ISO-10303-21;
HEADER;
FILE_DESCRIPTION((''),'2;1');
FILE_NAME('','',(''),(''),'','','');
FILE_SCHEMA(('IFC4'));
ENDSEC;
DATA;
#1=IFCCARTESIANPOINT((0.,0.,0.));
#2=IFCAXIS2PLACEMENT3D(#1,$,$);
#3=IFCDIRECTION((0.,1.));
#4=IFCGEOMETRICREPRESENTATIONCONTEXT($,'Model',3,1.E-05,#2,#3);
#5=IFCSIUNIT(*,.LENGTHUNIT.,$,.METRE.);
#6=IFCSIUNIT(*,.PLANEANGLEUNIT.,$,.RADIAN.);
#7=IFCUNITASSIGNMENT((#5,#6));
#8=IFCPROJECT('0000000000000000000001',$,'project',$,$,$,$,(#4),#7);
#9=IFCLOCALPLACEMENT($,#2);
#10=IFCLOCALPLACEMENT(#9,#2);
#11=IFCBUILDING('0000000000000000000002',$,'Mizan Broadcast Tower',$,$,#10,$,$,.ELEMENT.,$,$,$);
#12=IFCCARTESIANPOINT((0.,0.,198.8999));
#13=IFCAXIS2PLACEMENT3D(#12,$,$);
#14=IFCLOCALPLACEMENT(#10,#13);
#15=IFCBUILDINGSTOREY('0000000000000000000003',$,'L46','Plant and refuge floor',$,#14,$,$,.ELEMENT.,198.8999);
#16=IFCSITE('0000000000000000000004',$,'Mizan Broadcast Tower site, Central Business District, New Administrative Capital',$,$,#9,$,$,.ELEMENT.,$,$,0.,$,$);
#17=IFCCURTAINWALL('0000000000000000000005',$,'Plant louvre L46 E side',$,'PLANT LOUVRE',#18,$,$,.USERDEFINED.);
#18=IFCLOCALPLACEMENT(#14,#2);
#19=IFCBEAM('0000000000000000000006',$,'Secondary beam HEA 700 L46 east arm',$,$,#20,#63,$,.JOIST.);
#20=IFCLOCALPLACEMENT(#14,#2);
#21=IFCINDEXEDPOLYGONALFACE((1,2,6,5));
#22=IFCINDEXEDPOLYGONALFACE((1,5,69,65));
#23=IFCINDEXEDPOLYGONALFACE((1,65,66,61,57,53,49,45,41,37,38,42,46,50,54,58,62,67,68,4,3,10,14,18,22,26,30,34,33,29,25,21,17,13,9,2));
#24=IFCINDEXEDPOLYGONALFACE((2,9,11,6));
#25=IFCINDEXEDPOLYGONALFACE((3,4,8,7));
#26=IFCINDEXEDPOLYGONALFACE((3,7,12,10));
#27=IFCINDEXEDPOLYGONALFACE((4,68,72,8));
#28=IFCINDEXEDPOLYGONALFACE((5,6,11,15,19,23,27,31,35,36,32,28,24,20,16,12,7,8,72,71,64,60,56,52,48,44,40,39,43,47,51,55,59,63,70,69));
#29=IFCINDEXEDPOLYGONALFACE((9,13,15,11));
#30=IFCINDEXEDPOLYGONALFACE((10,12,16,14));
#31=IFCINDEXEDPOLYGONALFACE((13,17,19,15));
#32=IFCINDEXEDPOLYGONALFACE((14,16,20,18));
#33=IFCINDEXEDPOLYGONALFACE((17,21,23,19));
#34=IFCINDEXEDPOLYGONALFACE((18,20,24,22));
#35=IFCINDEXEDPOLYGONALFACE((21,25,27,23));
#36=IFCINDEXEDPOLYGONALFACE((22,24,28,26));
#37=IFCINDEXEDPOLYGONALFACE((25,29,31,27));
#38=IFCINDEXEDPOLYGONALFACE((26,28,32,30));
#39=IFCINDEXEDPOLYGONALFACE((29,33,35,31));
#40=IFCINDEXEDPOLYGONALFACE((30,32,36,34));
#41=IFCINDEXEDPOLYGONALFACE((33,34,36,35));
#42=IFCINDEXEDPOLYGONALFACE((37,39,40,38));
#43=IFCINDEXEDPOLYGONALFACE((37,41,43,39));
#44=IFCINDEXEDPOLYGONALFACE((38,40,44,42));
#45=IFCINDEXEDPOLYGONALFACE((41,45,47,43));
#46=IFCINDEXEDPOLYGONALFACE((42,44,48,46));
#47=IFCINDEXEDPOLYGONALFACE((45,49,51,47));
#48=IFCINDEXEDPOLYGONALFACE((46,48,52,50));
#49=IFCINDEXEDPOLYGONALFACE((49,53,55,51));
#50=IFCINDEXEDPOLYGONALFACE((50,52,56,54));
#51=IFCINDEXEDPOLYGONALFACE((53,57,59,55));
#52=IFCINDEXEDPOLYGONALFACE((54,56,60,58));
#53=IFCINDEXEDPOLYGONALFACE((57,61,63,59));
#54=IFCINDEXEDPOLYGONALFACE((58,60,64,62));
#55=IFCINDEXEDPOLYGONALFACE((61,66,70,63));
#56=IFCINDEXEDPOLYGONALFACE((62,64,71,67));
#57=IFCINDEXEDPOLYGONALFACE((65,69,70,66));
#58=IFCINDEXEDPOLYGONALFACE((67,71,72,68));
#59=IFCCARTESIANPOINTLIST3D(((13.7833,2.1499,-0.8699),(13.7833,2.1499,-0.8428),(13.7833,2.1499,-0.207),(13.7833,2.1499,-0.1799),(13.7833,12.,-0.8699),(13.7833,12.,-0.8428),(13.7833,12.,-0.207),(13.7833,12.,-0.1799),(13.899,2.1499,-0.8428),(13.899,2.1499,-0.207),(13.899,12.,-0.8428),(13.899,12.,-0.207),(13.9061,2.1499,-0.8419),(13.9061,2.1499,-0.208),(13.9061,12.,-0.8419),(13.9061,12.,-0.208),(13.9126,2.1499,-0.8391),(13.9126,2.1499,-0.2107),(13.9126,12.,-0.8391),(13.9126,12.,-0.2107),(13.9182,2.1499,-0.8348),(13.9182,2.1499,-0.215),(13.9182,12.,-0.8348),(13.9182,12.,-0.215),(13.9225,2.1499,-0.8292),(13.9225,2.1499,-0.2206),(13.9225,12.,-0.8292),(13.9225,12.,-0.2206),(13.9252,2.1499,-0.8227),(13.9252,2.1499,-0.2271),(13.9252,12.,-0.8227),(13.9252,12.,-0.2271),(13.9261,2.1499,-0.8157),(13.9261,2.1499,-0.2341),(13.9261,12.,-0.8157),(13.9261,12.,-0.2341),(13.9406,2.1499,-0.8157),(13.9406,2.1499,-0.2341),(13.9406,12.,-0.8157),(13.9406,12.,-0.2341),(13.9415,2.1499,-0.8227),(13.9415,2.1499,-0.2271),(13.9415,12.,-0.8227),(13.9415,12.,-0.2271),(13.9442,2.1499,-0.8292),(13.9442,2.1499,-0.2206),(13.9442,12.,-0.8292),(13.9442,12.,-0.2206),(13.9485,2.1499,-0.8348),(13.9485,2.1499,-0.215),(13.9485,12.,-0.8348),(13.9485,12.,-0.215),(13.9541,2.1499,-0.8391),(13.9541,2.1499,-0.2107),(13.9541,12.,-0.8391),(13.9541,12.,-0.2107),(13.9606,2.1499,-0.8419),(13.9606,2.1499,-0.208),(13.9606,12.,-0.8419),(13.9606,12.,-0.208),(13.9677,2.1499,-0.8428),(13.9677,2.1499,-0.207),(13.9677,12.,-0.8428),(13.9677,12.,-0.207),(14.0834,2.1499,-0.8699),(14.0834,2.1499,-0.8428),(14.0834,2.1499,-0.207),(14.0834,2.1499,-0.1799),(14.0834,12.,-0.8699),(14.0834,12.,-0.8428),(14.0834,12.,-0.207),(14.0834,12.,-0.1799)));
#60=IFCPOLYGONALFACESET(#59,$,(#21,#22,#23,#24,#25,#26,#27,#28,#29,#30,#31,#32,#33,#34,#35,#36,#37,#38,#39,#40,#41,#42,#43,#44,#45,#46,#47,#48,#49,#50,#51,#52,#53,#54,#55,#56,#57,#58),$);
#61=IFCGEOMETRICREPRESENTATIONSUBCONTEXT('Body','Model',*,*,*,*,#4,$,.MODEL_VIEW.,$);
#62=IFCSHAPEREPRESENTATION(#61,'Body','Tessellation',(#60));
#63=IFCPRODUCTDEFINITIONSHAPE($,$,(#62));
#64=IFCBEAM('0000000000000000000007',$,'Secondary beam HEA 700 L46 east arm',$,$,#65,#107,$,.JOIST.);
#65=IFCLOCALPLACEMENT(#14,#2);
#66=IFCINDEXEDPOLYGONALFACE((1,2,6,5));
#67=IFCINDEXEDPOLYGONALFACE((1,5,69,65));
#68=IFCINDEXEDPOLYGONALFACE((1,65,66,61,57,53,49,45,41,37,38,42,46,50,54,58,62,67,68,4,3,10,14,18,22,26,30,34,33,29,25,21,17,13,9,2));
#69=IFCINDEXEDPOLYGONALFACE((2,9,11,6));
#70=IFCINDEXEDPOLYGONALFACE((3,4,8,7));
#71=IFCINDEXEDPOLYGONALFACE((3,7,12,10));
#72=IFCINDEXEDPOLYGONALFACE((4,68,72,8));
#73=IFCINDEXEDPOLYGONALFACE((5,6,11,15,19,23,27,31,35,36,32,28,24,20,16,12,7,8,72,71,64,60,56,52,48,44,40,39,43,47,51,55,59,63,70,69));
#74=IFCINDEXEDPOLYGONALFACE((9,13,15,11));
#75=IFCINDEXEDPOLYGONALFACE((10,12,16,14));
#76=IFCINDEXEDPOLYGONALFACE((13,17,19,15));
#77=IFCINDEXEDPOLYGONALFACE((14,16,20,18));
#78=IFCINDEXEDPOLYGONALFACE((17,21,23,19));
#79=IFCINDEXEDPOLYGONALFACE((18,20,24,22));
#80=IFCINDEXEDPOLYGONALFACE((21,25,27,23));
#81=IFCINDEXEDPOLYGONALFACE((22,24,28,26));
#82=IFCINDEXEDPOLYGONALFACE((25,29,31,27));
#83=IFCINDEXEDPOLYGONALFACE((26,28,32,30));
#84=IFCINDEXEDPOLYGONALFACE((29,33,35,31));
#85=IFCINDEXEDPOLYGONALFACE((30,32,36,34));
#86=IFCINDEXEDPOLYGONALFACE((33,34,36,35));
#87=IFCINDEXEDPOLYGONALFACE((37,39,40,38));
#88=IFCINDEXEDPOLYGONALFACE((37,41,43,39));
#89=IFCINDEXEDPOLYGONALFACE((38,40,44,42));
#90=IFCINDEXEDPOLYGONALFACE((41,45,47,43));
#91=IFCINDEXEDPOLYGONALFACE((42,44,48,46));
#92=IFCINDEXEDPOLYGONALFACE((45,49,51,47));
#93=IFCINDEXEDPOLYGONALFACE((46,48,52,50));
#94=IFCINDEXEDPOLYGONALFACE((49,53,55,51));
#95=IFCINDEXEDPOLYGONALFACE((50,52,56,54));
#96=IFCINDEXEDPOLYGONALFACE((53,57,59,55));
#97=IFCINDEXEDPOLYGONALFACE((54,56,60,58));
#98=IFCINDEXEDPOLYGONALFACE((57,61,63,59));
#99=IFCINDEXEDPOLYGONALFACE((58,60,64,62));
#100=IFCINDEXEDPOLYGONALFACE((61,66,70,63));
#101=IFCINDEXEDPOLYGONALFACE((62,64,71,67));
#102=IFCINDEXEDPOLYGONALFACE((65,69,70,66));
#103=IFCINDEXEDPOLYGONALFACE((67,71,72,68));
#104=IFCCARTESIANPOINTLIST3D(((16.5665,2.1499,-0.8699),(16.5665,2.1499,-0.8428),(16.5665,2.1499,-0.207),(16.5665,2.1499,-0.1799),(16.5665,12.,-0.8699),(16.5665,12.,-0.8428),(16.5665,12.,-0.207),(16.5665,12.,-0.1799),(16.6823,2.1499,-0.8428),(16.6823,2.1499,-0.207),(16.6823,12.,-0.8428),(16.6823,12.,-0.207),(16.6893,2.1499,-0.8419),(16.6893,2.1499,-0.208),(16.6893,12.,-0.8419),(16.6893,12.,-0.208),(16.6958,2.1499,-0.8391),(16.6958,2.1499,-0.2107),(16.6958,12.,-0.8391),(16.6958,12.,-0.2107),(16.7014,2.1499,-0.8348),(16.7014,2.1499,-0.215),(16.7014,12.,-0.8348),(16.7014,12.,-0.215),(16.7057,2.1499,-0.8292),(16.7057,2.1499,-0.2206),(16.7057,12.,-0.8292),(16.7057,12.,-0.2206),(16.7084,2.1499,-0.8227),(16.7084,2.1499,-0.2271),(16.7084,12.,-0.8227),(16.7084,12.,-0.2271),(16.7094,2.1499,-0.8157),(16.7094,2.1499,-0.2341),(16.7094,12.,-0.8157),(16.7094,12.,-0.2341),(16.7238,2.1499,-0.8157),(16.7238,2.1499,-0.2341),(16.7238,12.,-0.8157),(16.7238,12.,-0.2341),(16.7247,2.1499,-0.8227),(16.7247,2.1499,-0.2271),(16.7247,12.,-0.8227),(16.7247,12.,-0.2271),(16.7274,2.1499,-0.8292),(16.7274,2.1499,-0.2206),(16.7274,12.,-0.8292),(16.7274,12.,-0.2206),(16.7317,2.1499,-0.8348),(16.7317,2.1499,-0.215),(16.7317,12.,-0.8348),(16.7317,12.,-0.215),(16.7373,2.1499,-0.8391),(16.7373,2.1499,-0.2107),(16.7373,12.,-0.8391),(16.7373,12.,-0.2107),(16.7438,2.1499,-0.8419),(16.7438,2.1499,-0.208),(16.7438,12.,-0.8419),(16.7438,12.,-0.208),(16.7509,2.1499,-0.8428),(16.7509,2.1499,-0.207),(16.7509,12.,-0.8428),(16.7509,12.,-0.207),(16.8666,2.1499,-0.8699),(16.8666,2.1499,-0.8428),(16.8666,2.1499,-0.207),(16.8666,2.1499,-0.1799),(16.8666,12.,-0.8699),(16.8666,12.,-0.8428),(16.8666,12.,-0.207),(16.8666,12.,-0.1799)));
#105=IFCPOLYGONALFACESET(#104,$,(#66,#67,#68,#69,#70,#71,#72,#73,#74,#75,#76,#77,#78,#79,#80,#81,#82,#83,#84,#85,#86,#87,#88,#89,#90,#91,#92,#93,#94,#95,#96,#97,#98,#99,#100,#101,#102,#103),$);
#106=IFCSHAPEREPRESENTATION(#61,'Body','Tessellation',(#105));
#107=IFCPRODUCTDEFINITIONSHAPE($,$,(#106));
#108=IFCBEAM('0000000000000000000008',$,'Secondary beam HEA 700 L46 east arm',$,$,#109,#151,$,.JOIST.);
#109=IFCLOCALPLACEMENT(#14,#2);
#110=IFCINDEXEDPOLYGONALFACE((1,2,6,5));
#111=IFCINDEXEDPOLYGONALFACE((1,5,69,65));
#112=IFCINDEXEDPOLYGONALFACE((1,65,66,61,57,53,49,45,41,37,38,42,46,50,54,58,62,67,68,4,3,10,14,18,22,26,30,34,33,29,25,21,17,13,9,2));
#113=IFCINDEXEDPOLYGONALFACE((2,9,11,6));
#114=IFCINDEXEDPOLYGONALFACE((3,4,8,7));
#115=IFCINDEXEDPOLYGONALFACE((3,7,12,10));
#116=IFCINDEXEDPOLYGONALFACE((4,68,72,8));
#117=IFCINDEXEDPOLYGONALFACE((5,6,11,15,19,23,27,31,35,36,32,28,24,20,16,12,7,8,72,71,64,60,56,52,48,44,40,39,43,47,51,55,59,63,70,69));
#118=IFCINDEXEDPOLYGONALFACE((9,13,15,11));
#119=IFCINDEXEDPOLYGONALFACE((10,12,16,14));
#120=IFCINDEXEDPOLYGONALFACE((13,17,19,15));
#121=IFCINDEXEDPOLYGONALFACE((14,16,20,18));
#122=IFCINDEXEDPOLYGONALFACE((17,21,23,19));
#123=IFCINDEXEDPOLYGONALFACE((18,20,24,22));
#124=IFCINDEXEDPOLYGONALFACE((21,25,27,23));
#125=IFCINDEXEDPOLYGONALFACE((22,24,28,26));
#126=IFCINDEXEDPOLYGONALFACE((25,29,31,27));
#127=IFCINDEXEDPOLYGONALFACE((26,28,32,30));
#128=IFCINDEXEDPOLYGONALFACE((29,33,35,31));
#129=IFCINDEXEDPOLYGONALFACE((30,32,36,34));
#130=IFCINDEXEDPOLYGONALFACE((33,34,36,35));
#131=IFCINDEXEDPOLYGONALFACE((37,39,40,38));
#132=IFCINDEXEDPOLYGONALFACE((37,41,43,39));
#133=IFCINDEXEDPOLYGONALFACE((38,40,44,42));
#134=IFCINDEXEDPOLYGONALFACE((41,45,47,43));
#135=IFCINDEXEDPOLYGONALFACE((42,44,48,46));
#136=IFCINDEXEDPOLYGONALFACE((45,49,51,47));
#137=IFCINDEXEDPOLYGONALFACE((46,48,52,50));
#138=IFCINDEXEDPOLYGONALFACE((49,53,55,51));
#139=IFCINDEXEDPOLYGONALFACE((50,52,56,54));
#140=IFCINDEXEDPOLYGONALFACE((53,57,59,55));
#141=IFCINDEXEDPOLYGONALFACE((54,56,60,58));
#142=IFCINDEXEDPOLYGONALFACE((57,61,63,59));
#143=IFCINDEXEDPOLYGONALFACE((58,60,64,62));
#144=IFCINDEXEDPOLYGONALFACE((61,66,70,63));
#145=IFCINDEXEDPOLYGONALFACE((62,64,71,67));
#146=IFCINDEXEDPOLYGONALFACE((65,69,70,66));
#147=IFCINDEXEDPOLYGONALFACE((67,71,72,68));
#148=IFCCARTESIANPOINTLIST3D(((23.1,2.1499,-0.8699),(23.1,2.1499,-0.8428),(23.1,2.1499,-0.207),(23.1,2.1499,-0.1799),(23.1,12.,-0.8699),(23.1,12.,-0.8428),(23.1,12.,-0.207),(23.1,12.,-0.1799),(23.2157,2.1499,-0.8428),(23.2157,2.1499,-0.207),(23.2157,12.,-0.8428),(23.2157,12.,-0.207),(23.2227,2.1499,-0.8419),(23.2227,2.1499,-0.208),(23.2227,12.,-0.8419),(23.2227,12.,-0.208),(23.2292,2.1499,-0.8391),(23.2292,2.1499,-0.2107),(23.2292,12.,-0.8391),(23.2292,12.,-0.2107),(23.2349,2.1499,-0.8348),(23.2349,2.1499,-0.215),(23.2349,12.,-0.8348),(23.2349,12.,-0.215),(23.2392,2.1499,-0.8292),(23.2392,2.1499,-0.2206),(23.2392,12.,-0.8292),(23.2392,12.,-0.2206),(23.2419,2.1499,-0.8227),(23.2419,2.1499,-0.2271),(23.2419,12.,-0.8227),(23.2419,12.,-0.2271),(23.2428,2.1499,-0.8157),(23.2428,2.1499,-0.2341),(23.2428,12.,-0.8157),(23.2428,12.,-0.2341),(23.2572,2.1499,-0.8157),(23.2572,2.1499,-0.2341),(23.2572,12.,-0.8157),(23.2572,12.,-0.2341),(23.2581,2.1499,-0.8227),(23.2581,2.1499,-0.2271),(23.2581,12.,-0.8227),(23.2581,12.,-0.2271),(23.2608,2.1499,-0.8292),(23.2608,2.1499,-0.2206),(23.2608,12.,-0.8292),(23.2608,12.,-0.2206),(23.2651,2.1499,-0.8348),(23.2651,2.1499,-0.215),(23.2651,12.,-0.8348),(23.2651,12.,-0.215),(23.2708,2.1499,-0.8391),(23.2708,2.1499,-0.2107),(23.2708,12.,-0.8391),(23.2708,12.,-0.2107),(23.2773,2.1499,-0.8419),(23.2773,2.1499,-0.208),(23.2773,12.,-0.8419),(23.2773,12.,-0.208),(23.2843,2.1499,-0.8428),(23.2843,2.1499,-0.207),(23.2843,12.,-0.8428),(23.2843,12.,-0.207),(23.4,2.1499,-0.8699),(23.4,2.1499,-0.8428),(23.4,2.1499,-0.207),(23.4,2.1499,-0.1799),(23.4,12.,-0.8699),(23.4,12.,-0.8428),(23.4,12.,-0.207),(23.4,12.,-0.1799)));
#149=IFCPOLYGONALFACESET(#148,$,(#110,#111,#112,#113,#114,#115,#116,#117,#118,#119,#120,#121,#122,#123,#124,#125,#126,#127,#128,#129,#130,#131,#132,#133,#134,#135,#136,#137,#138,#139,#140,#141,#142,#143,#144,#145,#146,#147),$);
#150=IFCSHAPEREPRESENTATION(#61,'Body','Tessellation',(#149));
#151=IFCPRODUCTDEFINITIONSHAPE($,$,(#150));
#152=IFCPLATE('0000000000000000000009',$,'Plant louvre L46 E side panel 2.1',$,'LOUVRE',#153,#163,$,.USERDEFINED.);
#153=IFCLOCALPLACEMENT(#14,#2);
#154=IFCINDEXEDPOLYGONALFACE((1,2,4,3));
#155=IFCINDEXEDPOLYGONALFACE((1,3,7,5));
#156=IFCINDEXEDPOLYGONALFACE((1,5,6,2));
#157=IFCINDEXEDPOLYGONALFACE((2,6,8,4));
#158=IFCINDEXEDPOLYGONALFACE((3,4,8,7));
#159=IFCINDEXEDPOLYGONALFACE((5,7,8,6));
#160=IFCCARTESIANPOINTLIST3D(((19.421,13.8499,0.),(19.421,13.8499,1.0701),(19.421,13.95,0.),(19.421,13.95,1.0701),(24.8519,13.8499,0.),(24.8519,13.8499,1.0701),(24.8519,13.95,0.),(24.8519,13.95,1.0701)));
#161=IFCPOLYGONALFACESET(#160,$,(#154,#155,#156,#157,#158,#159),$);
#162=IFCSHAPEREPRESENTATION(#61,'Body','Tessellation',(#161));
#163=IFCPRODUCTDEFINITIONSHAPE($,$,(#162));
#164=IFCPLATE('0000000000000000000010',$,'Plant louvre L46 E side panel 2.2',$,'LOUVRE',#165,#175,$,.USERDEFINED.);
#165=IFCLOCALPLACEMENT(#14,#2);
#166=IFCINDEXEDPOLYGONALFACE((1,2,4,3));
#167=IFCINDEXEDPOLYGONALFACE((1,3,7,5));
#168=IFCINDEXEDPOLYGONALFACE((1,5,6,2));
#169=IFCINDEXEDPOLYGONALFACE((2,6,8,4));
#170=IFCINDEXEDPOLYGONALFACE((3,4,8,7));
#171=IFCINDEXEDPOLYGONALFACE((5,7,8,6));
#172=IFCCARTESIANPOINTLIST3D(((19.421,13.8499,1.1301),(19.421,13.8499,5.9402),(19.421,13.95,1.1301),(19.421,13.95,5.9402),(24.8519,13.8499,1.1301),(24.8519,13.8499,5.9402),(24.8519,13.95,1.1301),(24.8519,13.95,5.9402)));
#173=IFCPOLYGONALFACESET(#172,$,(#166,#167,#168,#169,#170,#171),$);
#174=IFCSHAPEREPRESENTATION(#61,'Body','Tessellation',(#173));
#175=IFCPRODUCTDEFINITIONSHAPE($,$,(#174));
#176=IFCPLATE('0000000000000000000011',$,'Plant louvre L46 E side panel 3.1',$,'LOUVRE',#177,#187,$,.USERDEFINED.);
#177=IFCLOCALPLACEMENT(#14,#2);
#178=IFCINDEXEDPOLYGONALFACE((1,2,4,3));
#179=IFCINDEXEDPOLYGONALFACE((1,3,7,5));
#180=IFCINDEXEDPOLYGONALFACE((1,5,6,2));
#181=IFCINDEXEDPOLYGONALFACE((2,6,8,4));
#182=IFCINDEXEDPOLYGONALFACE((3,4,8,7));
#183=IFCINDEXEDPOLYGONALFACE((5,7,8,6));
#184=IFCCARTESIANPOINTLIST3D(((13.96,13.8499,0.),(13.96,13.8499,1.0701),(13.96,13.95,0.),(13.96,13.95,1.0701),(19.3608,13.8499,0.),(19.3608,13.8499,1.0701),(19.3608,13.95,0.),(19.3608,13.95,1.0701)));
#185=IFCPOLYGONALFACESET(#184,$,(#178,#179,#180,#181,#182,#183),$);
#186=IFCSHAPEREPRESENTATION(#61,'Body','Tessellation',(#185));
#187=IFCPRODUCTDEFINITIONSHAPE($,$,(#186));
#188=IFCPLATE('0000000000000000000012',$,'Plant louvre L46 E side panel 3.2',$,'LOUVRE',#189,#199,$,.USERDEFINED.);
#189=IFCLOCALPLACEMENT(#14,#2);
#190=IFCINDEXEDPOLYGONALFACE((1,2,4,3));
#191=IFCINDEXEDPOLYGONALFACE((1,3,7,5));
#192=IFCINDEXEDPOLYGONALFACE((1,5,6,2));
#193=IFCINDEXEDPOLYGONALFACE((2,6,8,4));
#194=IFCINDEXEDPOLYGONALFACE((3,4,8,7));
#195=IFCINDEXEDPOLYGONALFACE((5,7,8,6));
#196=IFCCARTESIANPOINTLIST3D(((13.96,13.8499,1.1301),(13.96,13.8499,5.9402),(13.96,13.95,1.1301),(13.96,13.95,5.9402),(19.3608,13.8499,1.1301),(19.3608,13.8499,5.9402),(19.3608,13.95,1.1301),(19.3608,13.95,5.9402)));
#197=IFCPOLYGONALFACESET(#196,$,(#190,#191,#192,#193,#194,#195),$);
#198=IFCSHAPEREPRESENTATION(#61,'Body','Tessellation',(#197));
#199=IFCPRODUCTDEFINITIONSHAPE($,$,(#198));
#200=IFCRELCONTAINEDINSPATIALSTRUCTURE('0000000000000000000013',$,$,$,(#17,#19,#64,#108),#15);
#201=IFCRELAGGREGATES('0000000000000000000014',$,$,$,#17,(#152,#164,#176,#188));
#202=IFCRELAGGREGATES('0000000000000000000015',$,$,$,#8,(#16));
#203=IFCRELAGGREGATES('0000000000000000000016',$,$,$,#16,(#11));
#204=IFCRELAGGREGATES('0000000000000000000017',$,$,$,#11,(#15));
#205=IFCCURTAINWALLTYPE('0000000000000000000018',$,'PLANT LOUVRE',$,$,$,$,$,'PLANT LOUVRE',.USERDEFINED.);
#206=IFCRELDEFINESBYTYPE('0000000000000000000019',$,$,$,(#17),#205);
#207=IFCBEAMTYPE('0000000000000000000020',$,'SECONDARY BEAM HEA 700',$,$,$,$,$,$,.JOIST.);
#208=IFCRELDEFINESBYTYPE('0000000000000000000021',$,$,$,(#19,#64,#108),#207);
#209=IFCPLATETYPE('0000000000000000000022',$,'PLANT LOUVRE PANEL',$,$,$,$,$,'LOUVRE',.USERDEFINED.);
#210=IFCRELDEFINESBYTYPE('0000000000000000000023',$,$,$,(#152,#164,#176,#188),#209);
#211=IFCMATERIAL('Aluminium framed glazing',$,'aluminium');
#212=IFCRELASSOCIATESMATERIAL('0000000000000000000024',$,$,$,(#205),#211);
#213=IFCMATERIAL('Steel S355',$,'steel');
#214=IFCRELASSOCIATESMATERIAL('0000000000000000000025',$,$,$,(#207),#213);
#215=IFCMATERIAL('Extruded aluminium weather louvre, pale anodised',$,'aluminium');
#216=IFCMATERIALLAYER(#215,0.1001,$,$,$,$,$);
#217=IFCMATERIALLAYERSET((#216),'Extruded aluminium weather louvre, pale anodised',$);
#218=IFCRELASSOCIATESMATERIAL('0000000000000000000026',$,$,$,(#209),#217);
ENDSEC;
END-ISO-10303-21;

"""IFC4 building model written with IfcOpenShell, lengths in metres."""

from ifc_helpers import new_model, si_unit, direction, frame, origin, origin_2d, place, context, subcontext, project, spatial, rectangle, i_section, extrude, material, layer, layer_set, material_profile, profile_set, type_object, element, aggregate, save


model = new_model("IFC4")

# Units and contexts
model_context = context("Model", 3, precision=1e-05, world=origin(), true_north=direction((0.0, 1.0)))
body_context = subcontext(model_context, "Body", "Model", "MODEL_VIEW")
ifc_project = project(units=[si_unit("LENGTHUNIT", "METRE"), si_unit("PLANEANGLEUNIT", "RADIAN")], contexts=[model_context])

# Site, building, storey
site_placement = place(None, origin())
site = spatial("IfcSite", under=ifc_project, at=site_placement, Name="Mizan Broadcast Tower site, Central Business District, New Administrative Capital", CompositionType="ELEMENT", RefElevation=0.0)
building_placement = place(site_placement, origin())
building = spatial("IfcBuilding", under=site, at=building_placement, Name="Mizan Broadcast Tower", CompositionType="ELEMENT")
storey_placement = place(building_placement, frame((0.0, 0.0, 198.8999)))
storey = spatial("IfcBuildingStorey", under=building, at=storey_placement, Name="L46", Description="Plant and refuge floor", CompositionType="ELEMENT", Elevation=198.8999)

# Curtain wall
ifc_material_1 = material(Name="Aluminium framed glazing", Category="aluminium")
curtain_wall_type = type_object("IfcCurtainWallType", Name="PLANT LOUVRE", ElementType="PLANT LOUVRE", PredefinedType="USERDEFINED", material=ifc_material_1)
curtain_wall_1_placement = place(storey_placement, origin())
curtain_wall_1 = element("IfcCurtainWall", 1, at=curtain_wall_1_placement, inside=storey, type_object=curtain_wall_type, Name="Plant louvre L46 E side", ObjectType="PLANT LOUVRE", PredefinedType="USERDEFINED")

# Beams
ifc_material_2 = material(Name="Steel S355", Category="steel")
ifc_material_profile_1 = material_profile(ifc_material_2, i_section(OverallWidth=0.3, OverallDepth=0.6899, WebThickness=0.0144, FlangeThickness=0.0271, FilletRadius=0.0271, at=origin_2d()), Name="HEA 700")
ifc_profile_set_1 = profile_set([ifc_material_profile_1], Name="Steel S355")
beam_type_1 = type_object("IfcBeamType", Name="SECONDARY BEAM HEA 700", PredefinedType="JOIST", material=ifc_profile_set_1)
for number, where, z_axis, x_axis, name in (
    (2, (13.9333, 12.0, -0.5249), (0.0, -1.0, 0.0), (1.0, 0.0, 0.0), "Secondary beam HEA 700 L46 east arm"),
    (3, (16.7166, 12.0, -0.5249), (0.0, -1.0, 0.0), (1.0, 0.0, 0.0), "Secondary beam HEA 700 L46 east arm"),
    (4, (23.25, 12.0, -0.5249), (0.0, -1.0, 0.0), (1.0, 0.0, 0.0), "Secondary beam HEA 700 L46 east arm"),
):
    element("IfcBeam", number, at=place(storey_placement, frame(where, z_axis=z_axis, x_axis=x_axis)), inside=storey, type_object=beam_type_1, Name=name, PredefinedType="JOIST", context=body_context, shape_type="SweptSolid", body=[
        extrude(i_section(OverallWidth=0.3, OverallDepth=0.6899, WebThickness=0.0144, FlangeThickness=0.0271, FilletRadius=0.0271, at=origin_2d()), origin(), (0.0, 0.0, 1.0), 9.8501),
    ])

# Plates
ifc_material_3 = material(Name="Extruded aluminium weather louvre, pale anodised", Category="aluminium")
ifc_layer = layer(ifc_material_3, 0.1001)
ifc_layer_set = layer_set([ifc_layer], Name="Extruded aluminium weather louvre, pale anodised")
plate_type = type_object("IfcPlateType", Name="PLANT LOUVRE PANEL", ElementType="LOUVRE", PredefinedType="USERDEFINED", material=ifc_layer_set)
plate_1_placement = place(storey_placement, frame((22.1365, 13.8999, 0.0), z_axis=(0.0, 0.0, 1.0), x_axis=(-1.0, 0.0, 0.0)))
plate_1 = element("IfcPlate", 5, at=plate_1_placement, type_object=plate_type, Name="Plant louvre L46 E side panel 2.1", ObjectType="LOUVRE", PredefinedType="USERDEFINED", context=body_context, shape_type="SweptSolid", body=[
    extrude(rectangle(XDim=5.4309, YDim=0.1001, at=origin_2d()), origin(), (0.0, 0.0, 1.0), 1.0701),
])
plate_2_placement = place(storey_placement, frame((22.1365, 13.8999, 1.1301), z_axis=(0.0, 0.0, 1.0), x_axis=(-1.0, 0.0, 0.0)))
plate_2 = element("IfcPlate", 6, at=plate_2_placement, type_object=plate_type, Name="Plant louvre L46 E side panel 2.2", ObjectType="LOUVRE", PredefinedType="USERDEFINED", context=body_context, shape_type="SweptSolid", body=[
    extrude(rectangle(XDim=5.4309, YDim=0.1001, at=origin_2d()), origin(), (0.0, 0.0, 1.0), 4.8101),
])
plate_3_placement = place(storey_placement, frame((16.6604, 13.8999, 0.0), z_axis=(0.0, 0.0, 1.0), x_axis=(-1.0, 0.0, 0.0)))
plate_3 = element("IfcPlate", 7, at=plate_3_placement, type_object=plate_type, Name="Plant louvre L46 E side panel 3.1", ObjectType="LOUVRE", PredefinedType="USERDEFINED", context=body_context, shape_type="SweptSolid", body=[
    extrude(rectangle(XDim=5.4009, YDim=0.1001, at=origin_2d()), origin(), (0.0, 0.0, 1.0), 1.0701),
])
plate_4_placement = place(storey_placement, frame((16.6604, 13.8999, 1.1301), z_axis=(0.0, 0.0, 1.0), x_axis=(-1.0, 0.0, 0.0)))
plate_4 = element("IfcPlate", 8, at=plate_4_placement, type_object=plate_type, Name="Plant louvre L46 E side panel 3.2", ObjectType="LOUVRE", PredefinedType="USERDEFINED", context=body_context, shape_type="SweptSolid", body=[
    extrude(rectangle(XDim=5.4009, YDim=0.1001, at=origin_2d()), origin(), (0.0, 0.0, 1.0), 4.8101),
])
aggregate(curtain_wall_1, [plate_1, plate_2, plate_3, plate_4])

save(model, "model.ifc")
